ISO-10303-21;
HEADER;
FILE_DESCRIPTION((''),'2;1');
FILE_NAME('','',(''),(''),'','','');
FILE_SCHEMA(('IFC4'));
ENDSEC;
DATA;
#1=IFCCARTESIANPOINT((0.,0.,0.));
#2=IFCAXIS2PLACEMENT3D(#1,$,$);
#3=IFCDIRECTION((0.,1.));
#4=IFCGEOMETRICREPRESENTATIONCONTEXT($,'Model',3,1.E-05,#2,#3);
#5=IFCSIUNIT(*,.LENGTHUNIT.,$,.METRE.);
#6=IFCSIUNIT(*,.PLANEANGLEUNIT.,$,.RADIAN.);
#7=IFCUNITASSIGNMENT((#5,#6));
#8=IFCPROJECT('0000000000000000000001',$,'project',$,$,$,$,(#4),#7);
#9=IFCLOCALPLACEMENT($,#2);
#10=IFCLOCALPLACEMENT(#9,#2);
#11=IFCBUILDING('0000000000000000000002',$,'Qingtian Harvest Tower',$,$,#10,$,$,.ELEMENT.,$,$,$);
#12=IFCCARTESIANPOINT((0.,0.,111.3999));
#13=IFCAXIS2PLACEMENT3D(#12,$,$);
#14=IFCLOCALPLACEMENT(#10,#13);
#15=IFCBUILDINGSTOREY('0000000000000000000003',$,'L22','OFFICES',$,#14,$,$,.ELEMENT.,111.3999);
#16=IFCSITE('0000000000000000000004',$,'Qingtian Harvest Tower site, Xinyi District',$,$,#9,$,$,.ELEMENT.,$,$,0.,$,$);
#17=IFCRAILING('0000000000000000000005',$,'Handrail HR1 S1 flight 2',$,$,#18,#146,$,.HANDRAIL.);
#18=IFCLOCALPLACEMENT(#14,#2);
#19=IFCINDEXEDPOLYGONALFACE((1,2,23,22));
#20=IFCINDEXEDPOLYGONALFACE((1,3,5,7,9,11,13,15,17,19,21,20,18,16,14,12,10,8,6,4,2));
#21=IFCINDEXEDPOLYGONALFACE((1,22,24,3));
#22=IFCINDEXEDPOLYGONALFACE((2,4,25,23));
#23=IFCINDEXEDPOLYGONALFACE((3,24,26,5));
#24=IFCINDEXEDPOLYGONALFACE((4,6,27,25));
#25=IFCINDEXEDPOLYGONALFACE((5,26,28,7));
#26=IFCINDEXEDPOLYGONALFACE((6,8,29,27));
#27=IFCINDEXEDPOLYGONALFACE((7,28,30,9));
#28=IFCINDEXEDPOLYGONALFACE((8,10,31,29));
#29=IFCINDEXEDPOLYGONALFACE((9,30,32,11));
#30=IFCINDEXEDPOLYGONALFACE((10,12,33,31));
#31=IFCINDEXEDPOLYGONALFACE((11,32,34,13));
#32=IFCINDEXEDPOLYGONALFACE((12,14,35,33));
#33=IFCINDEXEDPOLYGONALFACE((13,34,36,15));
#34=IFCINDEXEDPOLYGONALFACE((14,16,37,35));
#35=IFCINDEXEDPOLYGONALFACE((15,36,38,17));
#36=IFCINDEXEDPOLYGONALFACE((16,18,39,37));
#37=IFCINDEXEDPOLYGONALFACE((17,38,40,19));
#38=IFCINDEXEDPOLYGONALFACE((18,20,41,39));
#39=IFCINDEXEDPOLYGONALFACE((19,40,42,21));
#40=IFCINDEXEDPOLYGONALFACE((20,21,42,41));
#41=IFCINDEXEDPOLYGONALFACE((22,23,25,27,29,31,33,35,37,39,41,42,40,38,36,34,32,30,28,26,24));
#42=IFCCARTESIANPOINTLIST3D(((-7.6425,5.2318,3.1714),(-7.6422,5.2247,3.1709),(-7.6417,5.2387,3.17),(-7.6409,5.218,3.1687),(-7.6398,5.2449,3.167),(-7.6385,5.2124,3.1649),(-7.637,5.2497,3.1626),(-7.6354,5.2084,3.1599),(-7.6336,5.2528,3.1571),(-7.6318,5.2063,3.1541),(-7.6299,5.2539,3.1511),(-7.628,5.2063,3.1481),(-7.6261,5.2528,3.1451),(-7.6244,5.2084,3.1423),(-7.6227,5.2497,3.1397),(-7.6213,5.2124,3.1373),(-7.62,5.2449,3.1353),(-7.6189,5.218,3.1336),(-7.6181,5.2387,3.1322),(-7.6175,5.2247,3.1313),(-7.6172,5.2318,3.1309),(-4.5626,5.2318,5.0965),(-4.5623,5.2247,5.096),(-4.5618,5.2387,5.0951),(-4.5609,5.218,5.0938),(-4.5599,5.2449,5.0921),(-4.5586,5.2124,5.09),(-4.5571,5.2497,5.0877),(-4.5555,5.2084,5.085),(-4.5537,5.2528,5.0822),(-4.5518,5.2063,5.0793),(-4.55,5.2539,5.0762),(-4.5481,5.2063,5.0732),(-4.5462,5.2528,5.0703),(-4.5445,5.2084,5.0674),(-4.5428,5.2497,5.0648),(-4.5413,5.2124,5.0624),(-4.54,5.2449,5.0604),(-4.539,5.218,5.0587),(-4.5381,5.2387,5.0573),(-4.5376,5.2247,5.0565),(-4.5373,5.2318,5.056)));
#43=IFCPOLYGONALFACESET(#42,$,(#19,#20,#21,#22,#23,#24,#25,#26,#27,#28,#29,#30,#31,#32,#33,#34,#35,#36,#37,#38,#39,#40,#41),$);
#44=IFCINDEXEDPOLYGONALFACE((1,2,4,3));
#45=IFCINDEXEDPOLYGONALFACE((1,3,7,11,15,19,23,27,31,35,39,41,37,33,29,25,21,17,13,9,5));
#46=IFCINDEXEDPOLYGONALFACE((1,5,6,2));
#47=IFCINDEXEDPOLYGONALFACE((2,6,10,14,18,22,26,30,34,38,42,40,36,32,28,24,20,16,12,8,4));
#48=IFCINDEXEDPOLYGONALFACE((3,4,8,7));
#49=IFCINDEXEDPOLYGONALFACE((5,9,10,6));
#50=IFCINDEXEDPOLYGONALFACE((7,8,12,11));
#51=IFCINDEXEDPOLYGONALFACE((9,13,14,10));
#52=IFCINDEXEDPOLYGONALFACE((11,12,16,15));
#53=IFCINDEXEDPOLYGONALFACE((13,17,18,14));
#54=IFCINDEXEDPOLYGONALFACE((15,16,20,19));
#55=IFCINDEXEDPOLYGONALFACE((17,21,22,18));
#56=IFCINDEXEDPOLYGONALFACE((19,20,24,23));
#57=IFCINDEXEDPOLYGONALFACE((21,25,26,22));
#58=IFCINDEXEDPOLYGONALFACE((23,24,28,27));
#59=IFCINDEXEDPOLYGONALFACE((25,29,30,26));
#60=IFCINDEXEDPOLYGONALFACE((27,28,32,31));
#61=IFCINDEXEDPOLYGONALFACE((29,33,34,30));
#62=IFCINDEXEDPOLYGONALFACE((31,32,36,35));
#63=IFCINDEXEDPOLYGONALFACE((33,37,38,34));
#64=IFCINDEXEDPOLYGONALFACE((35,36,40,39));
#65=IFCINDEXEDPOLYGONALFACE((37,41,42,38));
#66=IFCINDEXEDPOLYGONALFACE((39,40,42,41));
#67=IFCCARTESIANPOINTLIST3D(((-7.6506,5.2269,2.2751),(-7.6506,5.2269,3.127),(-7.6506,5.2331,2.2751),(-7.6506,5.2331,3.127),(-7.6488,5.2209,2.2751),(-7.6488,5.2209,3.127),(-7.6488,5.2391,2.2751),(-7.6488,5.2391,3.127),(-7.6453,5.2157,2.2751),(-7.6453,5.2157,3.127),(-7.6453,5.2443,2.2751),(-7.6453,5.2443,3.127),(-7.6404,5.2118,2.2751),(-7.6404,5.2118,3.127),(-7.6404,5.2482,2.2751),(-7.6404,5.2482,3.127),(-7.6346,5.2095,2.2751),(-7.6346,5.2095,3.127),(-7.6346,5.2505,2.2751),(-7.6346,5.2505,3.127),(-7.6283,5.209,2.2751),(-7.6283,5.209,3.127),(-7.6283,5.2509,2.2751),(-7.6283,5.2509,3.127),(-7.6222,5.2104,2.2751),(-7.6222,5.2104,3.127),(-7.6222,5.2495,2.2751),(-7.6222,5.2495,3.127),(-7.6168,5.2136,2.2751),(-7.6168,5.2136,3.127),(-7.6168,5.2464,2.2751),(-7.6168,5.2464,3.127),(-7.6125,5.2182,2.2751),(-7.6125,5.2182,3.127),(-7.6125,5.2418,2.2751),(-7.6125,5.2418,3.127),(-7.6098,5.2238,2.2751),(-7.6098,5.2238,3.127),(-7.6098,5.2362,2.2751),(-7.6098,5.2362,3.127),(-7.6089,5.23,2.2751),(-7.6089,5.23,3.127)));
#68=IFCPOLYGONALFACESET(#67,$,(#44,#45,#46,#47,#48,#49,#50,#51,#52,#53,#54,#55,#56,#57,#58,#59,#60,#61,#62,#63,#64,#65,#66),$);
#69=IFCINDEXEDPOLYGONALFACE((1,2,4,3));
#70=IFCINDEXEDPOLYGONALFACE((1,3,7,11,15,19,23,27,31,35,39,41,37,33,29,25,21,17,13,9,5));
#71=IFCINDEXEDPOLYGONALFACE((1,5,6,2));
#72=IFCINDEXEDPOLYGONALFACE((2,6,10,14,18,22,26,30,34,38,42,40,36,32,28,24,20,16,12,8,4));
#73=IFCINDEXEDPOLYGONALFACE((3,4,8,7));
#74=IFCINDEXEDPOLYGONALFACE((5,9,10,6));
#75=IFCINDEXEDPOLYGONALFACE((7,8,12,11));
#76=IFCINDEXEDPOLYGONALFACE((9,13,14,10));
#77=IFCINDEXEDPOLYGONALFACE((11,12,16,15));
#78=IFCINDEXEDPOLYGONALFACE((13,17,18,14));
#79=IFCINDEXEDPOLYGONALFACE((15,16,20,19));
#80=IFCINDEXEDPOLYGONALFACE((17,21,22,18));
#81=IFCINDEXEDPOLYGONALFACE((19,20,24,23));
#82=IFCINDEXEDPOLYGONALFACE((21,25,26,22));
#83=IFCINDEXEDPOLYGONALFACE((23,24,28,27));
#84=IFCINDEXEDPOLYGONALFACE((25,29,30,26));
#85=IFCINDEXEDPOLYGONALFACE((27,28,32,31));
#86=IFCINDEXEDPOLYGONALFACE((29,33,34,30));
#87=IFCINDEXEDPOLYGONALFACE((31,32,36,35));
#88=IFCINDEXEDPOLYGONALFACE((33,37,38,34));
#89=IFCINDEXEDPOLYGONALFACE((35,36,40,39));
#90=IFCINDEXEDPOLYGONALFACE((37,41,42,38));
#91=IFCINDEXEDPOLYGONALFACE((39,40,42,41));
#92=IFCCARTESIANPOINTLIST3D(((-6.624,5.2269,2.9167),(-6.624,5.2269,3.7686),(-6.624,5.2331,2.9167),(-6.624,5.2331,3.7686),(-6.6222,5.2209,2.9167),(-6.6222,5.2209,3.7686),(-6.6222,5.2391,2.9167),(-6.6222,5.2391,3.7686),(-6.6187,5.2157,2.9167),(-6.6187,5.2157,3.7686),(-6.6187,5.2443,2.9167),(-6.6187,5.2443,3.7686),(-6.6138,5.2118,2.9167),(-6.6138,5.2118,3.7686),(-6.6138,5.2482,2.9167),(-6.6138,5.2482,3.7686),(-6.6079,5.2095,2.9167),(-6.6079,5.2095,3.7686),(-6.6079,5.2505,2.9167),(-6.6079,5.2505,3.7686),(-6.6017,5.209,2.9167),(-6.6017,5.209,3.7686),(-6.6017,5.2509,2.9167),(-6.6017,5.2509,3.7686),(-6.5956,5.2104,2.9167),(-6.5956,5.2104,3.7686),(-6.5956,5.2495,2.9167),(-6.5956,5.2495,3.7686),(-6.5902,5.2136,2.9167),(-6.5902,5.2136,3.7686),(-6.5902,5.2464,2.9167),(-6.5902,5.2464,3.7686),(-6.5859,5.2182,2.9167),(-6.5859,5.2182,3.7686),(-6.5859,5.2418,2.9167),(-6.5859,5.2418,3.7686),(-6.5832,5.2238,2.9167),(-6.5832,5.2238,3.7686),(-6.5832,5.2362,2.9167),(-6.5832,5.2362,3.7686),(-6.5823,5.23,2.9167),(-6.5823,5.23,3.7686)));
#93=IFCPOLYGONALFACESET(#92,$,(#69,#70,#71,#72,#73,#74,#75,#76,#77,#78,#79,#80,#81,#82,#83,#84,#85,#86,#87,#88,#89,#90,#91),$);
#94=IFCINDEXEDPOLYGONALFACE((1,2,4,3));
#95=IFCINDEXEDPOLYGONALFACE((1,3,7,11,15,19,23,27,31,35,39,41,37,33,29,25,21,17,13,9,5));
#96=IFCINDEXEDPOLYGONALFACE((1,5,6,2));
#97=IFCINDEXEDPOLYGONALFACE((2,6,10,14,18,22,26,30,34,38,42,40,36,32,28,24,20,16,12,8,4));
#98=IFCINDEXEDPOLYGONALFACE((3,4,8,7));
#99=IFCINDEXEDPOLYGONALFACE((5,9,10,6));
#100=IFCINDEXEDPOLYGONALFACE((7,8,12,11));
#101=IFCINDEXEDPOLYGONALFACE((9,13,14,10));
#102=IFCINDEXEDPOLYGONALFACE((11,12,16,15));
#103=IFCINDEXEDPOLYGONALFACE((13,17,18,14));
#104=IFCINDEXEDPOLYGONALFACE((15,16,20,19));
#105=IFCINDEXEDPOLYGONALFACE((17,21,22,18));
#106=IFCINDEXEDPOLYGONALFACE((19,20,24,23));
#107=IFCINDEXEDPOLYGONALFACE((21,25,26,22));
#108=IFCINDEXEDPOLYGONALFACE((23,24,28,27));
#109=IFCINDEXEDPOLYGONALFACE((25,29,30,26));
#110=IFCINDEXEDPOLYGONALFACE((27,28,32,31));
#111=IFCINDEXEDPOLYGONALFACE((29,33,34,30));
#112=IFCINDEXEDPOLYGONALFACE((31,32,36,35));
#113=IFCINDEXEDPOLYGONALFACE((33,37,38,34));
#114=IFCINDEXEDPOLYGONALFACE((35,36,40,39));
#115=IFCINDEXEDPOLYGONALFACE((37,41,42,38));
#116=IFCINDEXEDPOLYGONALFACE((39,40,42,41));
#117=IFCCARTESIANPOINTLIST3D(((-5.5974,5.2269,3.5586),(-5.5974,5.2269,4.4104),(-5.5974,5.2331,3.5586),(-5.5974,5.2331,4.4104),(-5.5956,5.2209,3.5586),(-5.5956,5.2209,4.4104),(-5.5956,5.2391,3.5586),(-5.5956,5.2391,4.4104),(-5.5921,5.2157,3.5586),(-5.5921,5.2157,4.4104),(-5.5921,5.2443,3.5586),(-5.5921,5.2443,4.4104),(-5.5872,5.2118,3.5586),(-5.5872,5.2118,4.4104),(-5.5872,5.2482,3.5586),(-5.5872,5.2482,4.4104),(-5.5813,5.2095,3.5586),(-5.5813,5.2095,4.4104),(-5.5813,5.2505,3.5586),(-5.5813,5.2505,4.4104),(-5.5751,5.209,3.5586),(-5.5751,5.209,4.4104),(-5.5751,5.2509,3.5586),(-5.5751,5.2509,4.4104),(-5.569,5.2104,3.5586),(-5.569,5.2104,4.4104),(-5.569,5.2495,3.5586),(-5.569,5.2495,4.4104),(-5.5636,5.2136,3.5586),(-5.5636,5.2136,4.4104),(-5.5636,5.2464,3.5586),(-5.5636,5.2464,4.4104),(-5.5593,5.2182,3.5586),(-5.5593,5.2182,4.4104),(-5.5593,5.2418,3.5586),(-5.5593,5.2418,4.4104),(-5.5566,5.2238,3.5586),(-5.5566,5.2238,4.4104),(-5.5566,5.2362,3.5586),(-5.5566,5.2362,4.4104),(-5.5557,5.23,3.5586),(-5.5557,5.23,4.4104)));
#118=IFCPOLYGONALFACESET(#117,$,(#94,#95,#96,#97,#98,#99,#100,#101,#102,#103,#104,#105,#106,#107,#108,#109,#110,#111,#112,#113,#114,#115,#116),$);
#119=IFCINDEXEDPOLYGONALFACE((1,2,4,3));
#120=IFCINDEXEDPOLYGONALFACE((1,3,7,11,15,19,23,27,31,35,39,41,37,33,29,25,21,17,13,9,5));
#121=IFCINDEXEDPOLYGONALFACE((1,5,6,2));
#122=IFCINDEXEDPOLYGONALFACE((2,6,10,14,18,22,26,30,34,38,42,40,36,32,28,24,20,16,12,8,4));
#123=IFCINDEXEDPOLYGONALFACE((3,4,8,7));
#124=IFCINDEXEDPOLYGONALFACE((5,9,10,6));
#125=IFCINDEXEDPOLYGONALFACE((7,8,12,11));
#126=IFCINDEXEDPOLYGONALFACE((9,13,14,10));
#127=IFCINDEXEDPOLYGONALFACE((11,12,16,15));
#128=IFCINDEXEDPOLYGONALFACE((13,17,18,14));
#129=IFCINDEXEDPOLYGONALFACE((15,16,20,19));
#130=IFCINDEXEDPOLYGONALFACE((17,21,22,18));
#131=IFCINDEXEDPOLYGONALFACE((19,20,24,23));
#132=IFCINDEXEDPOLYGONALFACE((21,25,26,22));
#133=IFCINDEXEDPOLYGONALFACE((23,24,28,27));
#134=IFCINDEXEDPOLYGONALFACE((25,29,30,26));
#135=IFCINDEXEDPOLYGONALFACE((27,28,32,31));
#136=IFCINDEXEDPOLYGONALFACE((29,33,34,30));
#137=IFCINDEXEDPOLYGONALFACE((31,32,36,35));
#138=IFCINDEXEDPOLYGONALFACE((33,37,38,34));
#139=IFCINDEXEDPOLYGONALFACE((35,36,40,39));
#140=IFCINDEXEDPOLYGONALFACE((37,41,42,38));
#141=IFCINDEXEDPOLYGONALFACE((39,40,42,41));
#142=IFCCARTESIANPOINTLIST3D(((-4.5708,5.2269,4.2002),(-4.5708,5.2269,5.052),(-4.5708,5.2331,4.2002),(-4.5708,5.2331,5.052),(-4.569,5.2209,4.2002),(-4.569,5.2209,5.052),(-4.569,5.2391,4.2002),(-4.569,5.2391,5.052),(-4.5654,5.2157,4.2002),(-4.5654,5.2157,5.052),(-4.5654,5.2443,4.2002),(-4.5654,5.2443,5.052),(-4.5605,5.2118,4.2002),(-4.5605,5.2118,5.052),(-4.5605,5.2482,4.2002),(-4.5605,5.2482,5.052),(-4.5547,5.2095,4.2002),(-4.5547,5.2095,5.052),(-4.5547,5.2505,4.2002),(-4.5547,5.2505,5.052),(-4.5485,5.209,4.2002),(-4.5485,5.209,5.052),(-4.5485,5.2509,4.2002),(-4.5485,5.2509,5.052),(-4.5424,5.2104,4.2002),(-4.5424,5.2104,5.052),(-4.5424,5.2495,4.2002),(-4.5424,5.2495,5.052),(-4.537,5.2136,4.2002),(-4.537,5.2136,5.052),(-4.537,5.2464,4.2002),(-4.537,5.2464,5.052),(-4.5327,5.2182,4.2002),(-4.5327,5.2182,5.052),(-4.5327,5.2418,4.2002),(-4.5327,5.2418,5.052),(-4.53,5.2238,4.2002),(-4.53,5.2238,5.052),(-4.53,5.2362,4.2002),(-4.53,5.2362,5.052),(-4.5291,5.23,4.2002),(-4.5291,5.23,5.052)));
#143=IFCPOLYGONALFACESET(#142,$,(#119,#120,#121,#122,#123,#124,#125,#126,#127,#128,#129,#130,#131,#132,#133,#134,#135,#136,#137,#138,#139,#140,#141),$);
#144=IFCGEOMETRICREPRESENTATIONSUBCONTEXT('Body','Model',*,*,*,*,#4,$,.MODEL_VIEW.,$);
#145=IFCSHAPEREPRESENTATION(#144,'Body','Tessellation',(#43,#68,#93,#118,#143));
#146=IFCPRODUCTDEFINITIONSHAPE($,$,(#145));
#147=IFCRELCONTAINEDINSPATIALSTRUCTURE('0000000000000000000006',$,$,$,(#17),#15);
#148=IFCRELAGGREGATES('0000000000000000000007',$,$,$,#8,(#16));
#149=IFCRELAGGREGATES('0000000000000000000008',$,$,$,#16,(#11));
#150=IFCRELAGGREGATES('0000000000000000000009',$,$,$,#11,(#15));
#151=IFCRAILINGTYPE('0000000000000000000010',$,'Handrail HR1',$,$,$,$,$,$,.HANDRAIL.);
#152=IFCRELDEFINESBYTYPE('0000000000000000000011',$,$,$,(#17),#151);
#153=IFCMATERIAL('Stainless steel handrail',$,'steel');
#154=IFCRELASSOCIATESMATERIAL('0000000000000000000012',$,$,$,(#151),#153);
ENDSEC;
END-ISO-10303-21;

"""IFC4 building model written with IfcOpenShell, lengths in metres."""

from ifc_helpers import new_model, si_unit, direction, frame, origin, origin_2d, place, context, subcontext, project, spatial, circle, extrude, material, type_object, element, save


model = new_model("IFC4")

# Units and contexts
model_context = context("Model", 3, precision=1e-05, world=origin(), true_north=direction((0.0, 1.0)))
body_context = subcontext(model_context, "Body", "Model", "MODEL_VIEW")
ifc_project = project(units=[si_unit("LENGTHUNIT", "METRE"), si_unit("PLANEANGLEUNIT", "RADIAN")], contexts=[model_context])

# Site, building, storey
site_placement = place(None, origin())
site = spatial("IfcSite", under=ifc_project, at=site_placement, Name="Qingtian Harvest Tower site, Xinyi District", CompositionType="ELEMENT", RefElevation=0.0)
building_placement = place(site_placement, origin())
building = spatial("IfcBuilding", under=site, at=building_placement, Name="Qingtian Harvest Tower", CompositionType="ELEMENT")
storey_placement = place(building_placement, frame((0.0, 0.0, 111.3999)))
storey = spatial("IfcBuildingStorey", under=building, at=storey_placement, Name="L22", Description="OFFICES", CompositionType="ELEMENT", Elevation=111.3999)

# Railing
ifc_material_1 = material(Name="Stainless steel handrail", Category="steel")
railing_type = type_object("IfcRailingType", Name="Handrail HR1", PredefinedType="HANDRAIL", material=ifc_material_1)
railing_1_placement = place(storey_placement, frame((-7.6299, 5.23, 2.2751)))
element("IfcRailing", 1, at=railing_1_placement, inside=storey, type_object=railing_type, Name="Handrail HR1 S1 flight 2", PredefinedType="HANDRAIL", context=body_context, shape_type="SweptSolid", body=[
    extrude(circle(Radius=0.0239, at=origin_2d()), frame((0.0, 0.0, 0.876), z_axis=(0.847979, 0.0, 0.530029), x_axis=(0.0, 1.0, 0.0)), (0.0, 0.0, 1.0), 3.6321),
    extrude(circle(Radius=0.021, at=origin_2d()), origin(), (0.0, 0.0, 1.0), 0.8518),
    extrude(circle(Radius=0.021, at=origin_2d()), frame((1.0266, 0.0, 0.6416)), (0.0, 0.0, 1.0), 0.8518),
    extrude(circle(Radius=0.021, at=origin_2d()), frame((2.0532, 0.0, 1.2834)), (0.0, 0.0, 1.0), 0.8518),
    extrude(circle(Radius=0.021, at=origin_2d()), frame((3.0798, 0.0, 1.925)), (0.0, 0.0, 1.0), 0.8518),
])

save(model, "model.ifc")
